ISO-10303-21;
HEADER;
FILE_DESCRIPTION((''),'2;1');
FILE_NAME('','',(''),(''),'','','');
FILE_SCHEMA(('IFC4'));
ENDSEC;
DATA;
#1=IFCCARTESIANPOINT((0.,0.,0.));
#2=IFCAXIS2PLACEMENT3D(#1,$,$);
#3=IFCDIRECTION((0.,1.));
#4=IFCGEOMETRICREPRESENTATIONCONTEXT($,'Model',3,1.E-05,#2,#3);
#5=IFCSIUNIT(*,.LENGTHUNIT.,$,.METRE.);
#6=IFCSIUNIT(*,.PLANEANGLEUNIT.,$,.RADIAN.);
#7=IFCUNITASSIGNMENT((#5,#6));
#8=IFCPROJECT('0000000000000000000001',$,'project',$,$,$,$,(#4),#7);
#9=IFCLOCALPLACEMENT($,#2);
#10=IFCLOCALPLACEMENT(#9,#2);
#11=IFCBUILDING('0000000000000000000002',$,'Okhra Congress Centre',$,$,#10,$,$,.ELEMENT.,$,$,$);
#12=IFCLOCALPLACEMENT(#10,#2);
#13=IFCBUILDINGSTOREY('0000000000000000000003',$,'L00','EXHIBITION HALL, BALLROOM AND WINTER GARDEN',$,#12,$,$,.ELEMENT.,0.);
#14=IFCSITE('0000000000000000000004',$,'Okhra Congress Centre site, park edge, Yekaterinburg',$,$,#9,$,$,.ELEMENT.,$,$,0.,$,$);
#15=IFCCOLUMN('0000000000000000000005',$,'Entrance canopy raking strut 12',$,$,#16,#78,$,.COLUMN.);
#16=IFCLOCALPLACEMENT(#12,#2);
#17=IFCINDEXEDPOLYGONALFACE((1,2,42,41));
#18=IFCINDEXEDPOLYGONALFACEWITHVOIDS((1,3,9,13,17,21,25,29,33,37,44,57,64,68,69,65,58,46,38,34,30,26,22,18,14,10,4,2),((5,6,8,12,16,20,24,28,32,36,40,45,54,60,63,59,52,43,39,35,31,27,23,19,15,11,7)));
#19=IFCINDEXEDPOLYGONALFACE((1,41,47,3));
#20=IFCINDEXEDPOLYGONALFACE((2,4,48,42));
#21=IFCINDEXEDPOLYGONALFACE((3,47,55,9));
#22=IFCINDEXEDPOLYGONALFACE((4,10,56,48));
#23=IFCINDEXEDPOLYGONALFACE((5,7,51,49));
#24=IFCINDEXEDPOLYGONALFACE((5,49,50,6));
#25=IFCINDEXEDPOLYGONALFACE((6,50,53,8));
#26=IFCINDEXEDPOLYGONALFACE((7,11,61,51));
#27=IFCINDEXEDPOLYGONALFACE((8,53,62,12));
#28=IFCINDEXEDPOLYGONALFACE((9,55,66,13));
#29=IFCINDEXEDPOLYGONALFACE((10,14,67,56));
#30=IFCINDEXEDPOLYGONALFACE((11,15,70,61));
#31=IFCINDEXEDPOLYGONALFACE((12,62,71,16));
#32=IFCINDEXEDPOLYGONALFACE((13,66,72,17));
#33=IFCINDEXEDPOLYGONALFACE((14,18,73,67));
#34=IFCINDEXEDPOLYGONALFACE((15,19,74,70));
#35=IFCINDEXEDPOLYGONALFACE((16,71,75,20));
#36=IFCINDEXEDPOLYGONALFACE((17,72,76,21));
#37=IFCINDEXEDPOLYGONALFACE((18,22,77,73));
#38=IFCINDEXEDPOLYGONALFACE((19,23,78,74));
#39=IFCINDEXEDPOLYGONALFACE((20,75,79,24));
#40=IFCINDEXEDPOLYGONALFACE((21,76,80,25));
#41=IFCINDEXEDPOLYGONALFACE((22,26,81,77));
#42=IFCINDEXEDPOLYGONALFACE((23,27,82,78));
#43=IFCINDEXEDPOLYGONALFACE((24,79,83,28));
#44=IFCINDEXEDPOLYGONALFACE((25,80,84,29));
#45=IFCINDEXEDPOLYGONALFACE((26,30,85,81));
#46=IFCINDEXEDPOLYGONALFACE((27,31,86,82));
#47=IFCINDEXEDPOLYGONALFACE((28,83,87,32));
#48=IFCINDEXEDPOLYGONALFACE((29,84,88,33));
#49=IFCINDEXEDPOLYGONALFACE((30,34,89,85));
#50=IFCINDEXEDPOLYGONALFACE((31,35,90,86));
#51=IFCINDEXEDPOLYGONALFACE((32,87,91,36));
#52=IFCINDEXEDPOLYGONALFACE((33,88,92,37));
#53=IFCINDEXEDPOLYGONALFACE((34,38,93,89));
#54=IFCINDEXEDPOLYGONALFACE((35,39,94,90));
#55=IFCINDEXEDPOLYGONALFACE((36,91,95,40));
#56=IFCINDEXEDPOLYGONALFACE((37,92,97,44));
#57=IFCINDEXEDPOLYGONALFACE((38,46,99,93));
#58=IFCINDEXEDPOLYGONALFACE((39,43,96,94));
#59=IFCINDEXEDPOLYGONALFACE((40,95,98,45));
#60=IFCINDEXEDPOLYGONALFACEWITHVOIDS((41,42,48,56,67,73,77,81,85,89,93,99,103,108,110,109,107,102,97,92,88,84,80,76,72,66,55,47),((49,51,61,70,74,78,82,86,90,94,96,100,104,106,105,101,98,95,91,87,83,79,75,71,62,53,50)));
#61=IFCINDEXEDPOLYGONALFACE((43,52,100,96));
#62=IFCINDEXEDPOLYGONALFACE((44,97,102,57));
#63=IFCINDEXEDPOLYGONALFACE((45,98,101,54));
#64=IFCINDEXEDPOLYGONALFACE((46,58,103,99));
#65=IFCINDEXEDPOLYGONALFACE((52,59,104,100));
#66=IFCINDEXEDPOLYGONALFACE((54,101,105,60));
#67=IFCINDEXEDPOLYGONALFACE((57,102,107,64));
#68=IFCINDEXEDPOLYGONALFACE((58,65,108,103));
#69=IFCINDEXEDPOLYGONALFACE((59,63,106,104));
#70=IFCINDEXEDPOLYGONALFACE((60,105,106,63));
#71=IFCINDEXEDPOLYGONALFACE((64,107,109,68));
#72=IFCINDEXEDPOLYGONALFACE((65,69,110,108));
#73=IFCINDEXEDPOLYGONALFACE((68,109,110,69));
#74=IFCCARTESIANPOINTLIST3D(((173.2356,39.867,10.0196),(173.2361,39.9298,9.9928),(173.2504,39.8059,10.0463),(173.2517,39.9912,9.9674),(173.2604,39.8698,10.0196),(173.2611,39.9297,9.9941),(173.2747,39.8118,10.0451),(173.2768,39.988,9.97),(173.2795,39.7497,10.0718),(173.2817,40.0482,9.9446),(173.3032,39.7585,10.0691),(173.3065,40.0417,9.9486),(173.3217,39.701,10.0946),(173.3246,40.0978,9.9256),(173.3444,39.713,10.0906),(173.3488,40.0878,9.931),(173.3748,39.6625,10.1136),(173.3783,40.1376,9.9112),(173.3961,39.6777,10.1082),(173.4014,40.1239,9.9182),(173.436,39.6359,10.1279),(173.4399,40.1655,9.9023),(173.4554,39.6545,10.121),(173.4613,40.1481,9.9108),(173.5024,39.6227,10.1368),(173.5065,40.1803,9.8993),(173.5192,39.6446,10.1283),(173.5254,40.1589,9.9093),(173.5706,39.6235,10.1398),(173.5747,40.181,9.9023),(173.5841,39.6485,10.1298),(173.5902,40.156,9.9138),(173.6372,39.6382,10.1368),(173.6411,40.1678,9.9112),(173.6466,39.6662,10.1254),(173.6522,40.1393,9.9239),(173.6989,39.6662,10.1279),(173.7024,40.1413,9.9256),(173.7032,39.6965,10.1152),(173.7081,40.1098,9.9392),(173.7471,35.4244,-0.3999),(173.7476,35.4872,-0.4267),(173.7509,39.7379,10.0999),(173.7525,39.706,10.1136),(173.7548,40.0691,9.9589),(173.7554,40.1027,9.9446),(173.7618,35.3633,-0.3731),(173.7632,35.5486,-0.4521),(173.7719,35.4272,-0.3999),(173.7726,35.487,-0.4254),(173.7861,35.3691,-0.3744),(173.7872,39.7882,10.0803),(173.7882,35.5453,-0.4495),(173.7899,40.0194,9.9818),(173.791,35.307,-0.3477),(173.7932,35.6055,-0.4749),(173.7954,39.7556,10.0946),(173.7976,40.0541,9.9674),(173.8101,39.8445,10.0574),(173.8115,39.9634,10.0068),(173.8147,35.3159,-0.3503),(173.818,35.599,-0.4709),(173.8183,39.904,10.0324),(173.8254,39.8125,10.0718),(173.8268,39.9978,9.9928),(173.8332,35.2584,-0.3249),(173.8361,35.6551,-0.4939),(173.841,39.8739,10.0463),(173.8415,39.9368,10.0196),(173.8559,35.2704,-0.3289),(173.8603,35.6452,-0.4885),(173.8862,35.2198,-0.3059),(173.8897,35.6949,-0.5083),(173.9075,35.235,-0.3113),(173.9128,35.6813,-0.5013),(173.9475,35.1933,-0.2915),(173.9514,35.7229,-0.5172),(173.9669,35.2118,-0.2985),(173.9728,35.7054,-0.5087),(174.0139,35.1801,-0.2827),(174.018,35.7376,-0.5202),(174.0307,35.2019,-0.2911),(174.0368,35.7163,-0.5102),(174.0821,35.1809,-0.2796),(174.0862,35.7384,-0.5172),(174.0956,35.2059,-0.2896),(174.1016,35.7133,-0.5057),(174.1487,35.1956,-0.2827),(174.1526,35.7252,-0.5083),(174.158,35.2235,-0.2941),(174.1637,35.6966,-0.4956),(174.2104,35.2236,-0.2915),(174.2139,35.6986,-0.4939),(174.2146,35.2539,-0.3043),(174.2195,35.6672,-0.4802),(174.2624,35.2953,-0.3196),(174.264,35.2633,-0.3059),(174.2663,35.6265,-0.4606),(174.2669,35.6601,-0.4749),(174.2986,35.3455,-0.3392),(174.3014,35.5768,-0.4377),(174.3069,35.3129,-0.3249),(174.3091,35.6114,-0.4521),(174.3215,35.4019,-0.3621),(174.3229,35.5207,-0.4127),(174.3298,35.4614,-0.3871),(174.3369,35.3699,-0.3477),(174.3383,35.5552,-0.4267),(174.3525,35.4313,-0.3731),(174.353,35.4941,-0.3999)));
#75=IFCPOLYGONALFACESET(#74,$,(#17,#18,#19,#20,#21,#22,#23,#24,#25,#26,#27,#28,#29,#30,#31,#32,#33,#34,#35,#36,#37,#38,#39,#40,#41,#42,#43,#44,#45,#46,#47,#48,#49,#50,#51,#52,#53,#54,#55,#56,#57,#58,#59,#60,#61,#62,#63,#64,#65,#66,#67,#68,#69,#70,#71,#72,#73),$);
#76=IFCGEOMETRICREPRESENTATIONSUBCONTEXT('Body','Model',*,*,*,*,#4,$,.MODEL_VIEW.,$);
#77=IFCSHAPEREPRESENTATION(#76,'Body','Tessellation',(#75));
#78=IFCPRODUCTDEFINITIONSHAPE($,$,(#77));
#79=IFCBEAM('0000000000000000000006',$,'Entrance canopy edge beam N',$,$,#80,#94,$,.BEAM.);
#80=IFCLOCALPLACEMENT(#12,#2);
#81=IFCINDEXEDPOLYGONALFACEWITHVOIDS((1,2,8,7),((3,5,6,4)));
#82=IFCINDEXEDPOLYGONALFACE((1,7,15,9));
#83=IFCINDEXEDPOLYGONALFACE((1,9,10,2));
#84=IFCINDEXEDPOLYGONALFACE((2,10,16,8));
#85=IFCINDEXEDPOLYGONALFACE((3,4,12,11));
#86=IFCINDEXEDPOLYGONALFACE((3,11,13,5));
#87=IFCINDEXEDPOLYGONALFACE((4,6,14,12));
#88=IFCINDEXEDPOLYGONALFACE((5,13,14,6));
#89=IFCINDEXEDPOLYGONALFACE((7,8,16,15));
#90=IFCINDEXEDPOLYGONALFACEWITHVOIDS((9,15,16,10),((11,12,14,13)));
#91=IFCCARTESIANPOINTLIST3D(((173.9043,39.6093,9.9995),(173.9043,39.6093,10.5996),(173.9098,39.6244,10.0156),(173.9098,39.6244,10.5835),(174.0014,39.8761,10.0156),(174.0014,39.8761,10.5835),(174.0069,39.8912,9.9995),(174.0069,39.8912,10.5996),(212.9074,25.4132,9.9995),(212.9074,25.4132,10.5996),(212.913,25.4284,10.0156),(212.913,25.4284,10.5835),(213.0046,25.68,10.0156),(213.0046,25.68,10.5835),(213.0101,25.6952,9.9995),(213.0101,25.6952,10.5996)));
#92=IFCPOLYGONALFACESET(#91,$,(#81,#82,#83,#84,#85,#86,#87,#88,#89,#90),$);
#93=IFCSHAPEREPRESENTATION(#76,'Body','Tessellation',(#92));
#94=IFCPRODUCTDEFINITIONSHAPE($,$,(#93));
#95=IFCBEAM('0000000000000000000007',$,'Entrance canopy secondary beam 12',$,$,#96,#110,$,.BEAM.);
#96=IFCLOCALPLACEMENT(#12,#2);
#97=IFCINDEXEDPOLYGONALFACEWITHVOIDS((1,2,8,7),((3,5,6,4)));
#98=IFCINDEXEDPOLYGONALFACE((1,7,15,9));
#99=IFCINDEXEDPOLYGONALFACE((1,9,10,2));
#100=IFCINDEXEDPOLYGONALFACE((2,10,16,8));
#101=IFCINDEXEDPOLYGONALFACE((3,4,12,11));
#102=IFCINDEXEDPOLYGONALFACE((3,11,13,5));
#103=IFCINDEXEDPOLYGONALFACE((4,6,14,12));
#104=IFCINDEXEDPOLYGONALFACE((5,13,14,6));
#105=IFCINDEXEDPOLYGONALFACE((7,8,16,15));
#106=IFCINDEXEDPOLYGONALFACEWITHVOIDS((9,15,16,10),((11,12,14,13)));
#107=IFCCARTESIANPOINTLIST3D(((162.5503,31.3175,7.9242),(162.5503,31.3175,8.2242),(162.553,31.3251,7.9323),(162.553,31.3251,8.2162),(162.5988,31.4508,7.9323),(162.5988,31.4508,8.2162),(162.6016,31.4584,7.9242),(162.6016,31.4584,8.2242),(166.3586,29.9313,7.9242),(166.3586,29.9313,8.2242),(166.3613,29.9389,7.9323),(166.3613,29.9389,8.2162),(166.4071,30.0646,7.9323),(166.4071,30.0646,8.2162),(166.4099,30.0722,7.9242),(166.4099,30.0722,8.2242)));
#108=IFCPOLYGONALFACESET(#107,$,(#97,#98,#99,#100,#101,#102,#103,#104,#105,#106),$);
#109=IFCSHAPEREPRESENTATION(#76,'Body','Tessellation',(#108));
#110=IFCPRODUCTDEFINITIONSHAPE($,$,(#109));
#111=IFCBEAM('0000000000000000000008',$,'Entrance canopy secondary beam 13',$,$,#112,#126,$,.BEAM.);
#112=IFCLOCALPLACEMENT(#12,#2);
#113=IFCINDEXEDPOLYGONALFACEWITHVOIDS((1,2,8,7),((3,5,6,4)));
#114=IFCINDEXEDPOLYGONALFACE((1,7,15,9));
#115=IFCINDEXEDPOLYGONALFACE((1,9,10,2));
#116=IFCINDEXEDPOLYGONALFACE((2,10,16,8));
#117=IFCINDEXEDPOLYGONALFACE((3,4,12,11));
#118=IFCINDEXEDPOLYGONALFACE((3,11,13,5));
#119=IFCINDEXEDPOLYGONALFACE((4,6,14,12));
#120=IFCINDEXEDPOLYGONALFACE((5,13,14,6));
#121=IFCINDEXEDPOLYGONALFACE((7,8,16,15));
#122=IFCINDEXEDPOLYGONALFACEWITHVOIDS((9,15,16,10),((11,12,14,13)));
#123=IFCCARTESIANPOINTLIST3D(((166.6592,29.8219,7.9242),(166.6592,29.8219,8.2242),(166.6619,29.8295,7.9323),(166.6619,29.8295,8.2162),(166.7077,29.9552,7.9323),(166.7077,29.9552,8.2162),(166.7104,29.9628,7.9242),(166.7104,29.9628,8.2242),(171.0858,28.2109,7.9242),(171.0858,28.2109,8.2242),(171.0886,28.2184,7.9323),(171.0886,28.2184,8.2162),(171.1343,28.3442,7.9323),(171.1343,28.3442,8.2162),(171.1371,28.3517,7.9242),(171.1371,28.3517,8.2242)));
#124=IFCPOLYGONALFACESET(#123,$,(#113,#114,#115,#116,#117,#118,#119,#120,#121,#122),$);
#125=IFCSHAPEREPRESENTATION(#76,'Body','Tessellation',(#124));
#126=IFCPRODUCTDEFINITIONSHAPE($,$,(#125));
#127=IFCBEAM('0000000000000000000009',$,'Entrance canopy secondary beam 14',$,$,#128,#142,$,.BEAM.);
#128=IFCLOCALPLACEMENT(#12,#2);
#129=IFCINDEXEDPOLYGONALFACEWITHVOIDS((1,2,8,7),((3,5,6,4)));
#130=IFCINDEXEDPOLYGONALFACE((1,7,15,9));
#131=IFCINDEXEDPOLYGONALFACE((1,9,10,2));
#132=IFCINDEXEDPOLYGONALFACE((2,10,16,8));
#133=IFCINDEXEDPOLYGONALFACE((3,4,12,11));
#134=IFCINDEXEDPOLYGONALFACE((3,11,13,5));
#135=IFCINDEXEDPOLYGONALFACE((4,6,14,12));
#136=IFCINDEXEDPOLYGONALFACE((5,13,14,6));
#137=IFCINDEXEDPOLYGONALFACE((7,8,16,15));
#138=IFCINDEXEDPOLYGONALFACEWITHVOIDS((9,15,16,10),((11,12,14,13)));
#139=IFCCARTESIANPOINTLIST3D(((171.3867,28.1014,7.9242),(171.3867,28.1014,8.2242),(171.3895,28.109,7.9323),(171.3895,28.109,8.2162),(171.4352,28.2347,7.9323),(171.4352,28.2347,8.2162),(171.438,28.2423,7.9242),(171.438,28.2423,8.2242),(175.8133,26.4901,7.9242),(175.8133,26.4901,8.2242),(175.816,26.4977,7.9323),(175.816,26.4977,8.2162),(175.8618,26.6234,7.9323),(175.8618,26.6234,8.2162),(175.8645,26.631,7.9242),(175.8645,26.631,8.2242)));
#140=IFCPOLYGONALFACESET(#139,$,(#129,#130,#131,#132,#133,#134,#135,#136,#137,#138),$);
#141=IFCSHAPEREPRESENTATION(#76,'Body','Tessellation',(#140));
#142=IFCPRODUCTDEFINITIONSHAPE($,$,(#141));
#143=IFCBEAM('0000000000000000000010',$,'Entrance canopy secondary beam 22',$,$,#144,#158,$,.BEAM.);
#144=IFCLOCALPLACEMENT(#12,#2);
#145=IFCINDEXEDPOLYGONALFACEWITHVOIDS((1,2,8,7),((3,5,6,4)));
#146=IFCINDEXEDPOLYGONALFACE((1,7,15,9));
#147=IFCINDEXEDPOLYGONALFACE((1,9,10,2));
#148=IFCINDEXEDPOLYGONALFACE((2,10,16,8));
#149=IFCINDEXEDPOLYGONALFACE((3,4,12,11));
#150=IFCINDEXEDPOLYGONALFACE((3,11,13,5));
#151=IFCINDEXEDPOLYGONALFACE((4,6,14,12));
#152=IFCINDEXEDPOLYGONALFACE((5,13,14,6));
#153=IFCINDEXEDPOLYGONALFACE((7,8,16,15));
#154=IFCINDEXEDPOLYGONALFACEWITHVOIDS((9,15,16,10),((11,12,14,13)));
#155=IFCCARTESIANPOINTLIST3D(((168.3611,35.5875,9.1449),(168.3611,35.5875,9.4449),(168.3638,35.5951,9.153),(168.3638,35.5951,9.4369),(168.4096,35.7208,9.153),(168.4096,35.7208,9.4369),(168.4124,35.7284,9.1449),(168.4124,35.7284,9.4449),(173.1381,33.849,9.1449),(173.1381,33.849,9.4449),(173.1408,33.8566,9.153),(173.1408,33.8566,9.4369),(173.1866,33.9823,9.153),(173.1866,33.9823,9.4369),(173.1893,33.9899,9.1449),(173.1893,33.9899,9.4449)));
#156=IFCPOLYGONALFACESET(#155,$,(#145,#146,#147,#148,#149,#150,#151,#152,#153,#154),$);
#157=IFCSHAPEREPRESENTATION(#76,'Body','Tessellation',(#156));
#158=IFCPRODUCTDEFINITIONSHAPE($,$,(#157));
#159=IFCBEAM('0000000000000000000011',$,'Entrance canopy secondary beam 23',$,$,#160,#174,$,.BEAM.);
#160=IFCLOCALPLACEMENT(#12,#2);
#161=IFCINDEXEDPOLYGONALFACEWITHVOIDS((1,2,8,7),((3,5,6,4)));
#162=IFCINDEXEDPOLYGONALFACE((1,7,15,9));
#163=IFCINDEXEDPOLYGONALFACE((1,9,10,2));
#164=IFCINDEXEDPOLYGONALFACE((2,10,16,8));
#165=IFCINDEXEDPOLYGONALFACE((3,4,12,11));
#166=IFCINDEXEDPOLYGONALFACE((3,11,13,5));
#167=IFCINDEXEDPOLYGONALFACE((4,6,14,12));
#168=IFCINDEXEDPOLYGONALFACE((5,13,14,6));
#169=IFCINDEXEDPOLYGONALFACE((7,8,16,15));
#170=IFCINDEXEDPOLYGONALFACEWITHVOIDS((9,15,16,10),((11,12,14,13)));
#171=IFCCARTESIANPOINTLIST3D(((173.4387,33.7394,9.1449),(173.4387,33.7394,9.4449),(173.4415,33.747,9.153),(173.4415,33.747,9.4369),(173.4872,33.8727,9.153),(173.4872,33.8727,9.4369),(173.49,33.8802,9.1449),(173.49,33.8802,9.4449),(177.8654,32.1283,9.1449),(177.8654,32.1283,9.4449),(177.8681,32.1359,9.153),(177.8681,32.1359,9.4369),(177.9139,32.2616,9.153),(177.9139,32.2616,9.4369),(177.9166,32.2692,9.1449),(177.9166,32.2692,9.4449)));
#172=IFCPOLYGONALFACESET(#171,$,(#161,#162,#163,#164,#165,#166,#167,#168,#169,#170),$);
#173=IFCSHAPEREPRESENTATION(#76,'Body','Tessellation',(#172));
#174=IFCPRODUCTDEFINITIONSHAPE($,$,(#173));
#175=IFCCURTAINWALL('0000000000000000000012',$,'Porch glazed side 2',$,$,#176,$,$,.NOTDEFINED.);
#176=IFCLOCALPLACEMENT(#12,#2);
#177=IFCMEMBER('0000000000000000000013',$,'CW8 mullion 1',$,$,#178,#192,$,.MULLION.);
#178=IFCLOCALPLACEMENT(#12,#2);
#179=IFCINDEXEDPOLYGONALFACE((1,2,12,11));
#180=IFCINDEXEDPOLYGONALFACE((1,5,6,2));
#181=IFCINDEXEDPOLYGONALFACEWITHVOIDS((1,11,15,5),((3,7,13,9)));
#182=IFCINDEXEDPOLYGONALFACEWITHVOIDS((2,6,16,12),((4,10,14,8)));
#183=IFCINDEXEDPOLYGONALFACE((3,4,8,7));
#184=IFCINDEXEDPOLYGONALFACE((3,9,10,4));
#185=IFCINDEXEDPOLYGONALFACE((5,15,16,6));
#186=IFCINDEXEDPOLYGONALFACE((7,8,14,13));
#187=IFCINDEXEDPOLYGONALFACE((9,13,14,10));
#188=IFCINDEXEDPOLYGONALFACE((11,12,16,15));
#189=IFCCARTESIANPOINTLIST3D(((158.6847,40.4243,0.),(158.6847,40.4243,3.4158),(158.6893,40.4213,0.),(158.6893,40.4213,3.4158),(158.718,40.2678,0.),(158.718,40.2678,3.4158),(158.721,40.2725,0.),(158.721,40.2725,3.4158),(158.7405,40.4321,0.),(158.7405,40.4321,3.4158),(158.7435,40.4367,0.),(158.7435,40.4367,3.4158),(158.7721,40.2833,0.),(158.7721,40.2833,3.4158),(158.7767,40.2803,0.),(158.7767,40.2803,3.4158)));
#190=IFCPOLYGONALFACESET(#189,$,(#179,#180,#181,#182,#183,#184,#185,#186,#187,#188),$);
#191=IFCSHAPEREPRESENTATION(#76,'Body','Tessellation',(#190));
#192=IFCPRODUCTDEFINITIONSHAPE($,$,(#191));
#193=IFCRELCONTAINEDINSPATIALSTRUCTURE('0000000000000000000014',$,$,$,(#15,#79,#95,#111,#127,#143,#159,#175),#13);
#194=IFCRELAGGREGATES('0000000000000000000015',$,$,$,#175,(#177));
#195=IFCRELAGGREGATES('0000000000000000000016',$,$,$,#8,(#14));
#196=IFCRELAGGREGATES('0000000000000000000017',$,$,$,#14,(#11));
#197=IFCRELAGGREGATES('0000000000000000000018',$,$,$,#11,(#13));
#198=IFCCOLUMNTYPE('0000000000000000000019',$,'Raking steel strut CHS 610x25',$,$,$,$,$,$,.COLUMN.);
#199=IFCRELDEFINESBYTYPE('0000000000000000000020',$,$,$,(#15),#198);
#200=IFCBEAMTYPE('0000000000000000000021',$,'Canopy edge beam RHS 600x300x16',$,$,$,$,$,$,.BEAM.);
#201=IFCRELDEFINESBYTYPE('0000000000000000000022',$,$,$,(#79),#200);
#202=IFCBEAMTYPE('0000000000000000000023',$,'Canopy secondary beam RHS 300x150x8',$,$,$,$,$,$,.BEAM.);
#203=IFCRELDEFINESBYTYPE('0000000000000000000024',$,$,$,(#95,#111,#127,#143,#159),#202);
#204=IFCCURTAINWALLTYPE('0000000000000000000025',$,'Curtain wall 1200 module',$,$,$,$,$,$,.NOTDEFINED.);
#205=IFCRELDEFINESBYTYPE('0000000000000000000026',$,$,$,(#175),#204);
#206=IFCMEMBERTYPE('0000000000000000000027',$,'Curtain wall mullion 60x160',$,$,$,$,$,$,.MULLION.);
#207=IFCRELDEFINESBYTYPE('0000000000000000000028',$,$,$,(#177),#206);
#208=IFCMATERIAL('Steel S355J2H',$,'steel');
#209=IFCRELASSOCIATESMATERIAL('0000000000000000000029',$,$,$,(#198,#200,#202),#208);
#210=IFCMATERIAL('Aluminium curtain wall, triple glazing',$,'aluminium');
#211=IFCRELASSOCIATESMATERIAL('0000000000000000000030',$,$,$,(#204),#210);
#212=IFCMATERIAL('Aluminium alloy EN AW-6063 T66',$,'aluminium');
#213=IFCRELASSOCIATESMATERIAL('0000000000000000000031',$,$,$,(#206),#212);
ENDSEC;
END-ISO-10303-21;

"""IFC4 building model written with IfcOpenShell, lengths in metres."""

from ifc_helpers import new_model, si_unit, direction, frame, origin, origin_2d, place, context, subcontext, project, spatial, hollow_rectangle, hollow_circle, extrude, material, material_profile, profile_set, type_object, element, aggregate, save


model = new_model("IFC4")

# Units and contexts
model_context = context("Model", 3, precision=1e-05, world=origin(), true_north=direction((0.0, 1.0)))
body_context = subcontext(model_context, "Body", "Model", "MODEL_VIEW")
ifc_project = project(units=[si_unit("LENGTHUNIT", "METRE"), si_unit("PLANEANGLEUNIT", "RADIAN")], contexts=[model_context])

# Site, building, storey
site_placement = place(None, origin())
site = spatial("IfcSite", under=ifc_project, at=site_placement, Name="Okhra Congress Centre site, park edge, Yekaterinburg", CompositionType="ELEMENT", RefElevation=0.0)
building_placement = place(site_placement, origin())
building = spatial("IfcBuilding", under=site, at=building_placement, Name="Okhra Congress Centre", CompositionType="ELEMENT")
storey_placement = place(building_placement, origin())
storey = spatial("IfcBuildingStorey", under=building, at=storey_placement, Name="L00", Description="EXHIBITION HALL, BALLROOM AND WINTER GARDEN", CompositionType="ELEMENT", Elevation=0.0)

# Column
ifc_material_1 = material(Name="Steel S355J2H", Category="steel")
ifc_material_profile_1 = material_profile(ifc_material_1, hollow_circle(Radius=0.3049, WallThickness=0.0249, at=origin_2d()), Name="CHS 610x25")
ifc_profile_set_1 = profile_set([ifc_material_profile_1], Name="Steel S355J2H")
column_type_1 = type_object("IfcColumnType", Name="Raking steel strut CHS 610x25", PredefinedType="COLUMN", material=ifc_profile_set_1)
column_1_placement = place(storey_placement, frame((174.05, 35.4592, -0.3999), z_axis=(-0.045109, 0.391816, 0.918937), x_axis=(-0.993438, -0.114373, 0.0)))
element("IfcColumn", 1, at=column_1_placement, inside=storey, type_object=column_type_1, Name="Entrance canopy raking strut 12", PredefinedType="COLUMN", context=body_context, shape_type="SweptSolid", body=[
    extrude(hollow_circle(Radius=0.3049, WallThickness=0.0249, at=origin_2d()), origin(), (0.0, 0.0, 1.0), 11.3386),
])

# Beams
ifc_material_profile_2 = material_profile(ifc_material_1, hollow_rectangle(XDim=0.3, YDim=0.6001, WallThickness=0.0161, at=origin_2d()), Name="RHS 600x300x16")
ifc_profile_set_2 = profile_set([ifc_material_profile_2], Name="Steel S355J2H")
beam_type_1 = type_object("IfcBeamType", Name="Canopy edge beam RHS 600x300x16", PredefinedType="BEAM", material=ifc_profile_set_2)
beam_1_placement = place(storey_placement, frame((173.9556, 39.7502, 10.2996), z_axis=(0.939692, -0.342021, 0.0), x_axis=(0.342021, 0.939692, 0.0)))
element("IfcBeam", 2, at=beam_1_placement, inside=storey, type_object=beam_type_1, Name="Entrance canopy edge beam N", PredefinedType="BEAM", context=body_context, shape_type="SweptSolid", body=[
    extrude(hollow_rectangle(XDim=0.3, YDim=0.6001, WallThickness=0.0161, at=origin_2d()), origin(), (0.0, 0.0, 1.0), 41.5063),
])
ifc_material_profile_3 = material_profile(ifc_material_1, hollow_rectangle(XDim=0.1499, YDim=0.3, WallThickness=0.0081, at=origin_2d()), Name="RHS 300x150x8")
ifc_profile_set_3 = profile_set([ifc_material_profile_3], Name="Steel S355J2H")
beam_type_2 = type_object("IfcBeamType", Name="Canopy secondary beam RHS 300x150x8", PredefinedType="BEAM", material=ifc_profile_set_3)
beam_2_placement = place(storey_placement, frame((162.5759, 31.3879, 8.0742), z_axis=(0.939684, -0.342043, 0.0), x_axis=(0.342043, 0.939684, 0.0)))
element("IfcBeam", 3, at=beam_2_placement, inside=storey, type_object=beam_type_2, Name="Entrance canopy secondary beam 12", PredefinedType="BEAM", context=body_context, shape_type="SweptSolid", body=[
    extrude(hollow_rectangle(XDim=0.1499, YDim=0.3, WallThickness=0.0081, at=origin_2d()), origin(), (0.0, 0.0, 1.0), 4.0527),
])
for number, where, z_axis, x_axis, name in (
    (4, (166.6848, 29.8923, 8.0742), (0.939701, -0.341997, 0.0), (0.341997, 0.939701, 0.0), "Entrance canopy secondary beam 13"),
    (5, (171.4124, 28.1719, 8.0742), (0.939678, -0.342059, 0.0), (0.342059, 0.939678, 0.0), "Entrance canopy secondary beam 14"),
):
    element("IfcBeam", number, at=place(storey_placement, frame(where, z_axis=z_axis, x_axis=x_axis)), inside=storey, type_object=beam_type_2, Name=name, PredefinedType="BEAM", context=body_context, shape_type="SweptSolid", body=[
        extrude(hollow_rectangle(XDim=0.1499, YDim=0.3, WallThickness=0.0081, at=origin_2d()), origin(), (0.0, 0.0, 1.0), 4.7107),
    ])
beam_3_placement = place(storey_placement, frame((168.3867, 35.658, 9.2949), z_axis=(0.939705, -0.341986, 0.0), x_axis=(0.341986, 0.939705, 0.0)))
element("IfcBeam", 6, at=beam_3_placement, inside=storey, type_object=beam_type_2, Name="Entrance canopy secondary beam 22", PredefinedType="BEAM", context=body_context, shape_type="SweptSolid", body=[
    extrude(hollow_rectangle(XDim=0.1499, YDim=0.3, WallThickness=0.0081, at=origin_2d()), origin(), (0.0, 0.0, 1.0), 5.0835),
])
beam_4_placement = place(storey_placement, frame((173.4644, 33.8098, 9.2949), z_axis=(0.939701, -0.341997, 0.0), x_axis=(0.341997, 0.939701, 0.0)))
element("IfcBeam", 7, at=beam_4_placement, inside=storey, type_object=beam_type_2, Name="Entrance canopy secondary beam 23", PredefinedType="BEAM", context=body_context, shape_type="SweptSolid", body=[
    extrude(hollow_rectangle(XDim=0.1499, YDim=0.3, WallThickness=0.0081, at=origin_2d()), origin(), (0.0, 0.0, 1.0), 4.7107),
])

# Curtain wall, member
ifc_material_2 = material(Name="Aluminium curtain wall, triple glazing", Category="aluminium")
curtain_wall_type = type_object("IfcCurtainWallType", Name="Curtain wall 1200 module", PredefinedType="NOTDEFINED", material=ifc_material_2)
curtain_wall_placement = place(storey_placement, origin())
curtain_wall = element("IfcCurtainWall", 8, at=curtain_wall_placement, inside=storey, type_object=curtain_wall_type, Name="Porch glazed side 2", PredefinedType="NOTDEFINED")
ifc_material_3 = material(Name="Aluminium alloy EN AW-6063 T66", Category="aluminium")
ifc_material_profile_4 = material_profile(ifc_material_3, hollow_rectangle(XDim=0.0601, YDim=0.1599, WallThickness=0.0039, at=origin_2d()), Name="RHS 60x160x4")
ifc_profile_set_4 = profile_set([ifc_material_profile_4], Name="Aluminium alloy EN AW-6063 T66")
member_type_1 = type_object("IfcMemberType", Name="Curtain wall mullion 60x160", PredefinedType="MULLION", material=ifc_profile_set_4)
member_1_placement = place(storey_placement, frame((158.7307, 40.3523, 0.0), z_axis=(0.0, 0.0, 1.0), x_axis=(-0.978148, -0.207912, 0.0)))
member_1 = element("IfcMember", 9, at=member_1_placement, type_object=member_type_1, Name="CW8 mullion 1", PredefinedType="MULLION", context=body_context, shape_type="SweptSolid", body=[
    extrude(hollow_rectangle(XDim=0.0601, YDim=0.1599, WallThickness=0.0039, at=origin_2d()), origin(), (0.0, 0.0, 1.0), 3.4158),
])
aggregate(curtain_wall, [member_1])

save(model, "model.ifc")
